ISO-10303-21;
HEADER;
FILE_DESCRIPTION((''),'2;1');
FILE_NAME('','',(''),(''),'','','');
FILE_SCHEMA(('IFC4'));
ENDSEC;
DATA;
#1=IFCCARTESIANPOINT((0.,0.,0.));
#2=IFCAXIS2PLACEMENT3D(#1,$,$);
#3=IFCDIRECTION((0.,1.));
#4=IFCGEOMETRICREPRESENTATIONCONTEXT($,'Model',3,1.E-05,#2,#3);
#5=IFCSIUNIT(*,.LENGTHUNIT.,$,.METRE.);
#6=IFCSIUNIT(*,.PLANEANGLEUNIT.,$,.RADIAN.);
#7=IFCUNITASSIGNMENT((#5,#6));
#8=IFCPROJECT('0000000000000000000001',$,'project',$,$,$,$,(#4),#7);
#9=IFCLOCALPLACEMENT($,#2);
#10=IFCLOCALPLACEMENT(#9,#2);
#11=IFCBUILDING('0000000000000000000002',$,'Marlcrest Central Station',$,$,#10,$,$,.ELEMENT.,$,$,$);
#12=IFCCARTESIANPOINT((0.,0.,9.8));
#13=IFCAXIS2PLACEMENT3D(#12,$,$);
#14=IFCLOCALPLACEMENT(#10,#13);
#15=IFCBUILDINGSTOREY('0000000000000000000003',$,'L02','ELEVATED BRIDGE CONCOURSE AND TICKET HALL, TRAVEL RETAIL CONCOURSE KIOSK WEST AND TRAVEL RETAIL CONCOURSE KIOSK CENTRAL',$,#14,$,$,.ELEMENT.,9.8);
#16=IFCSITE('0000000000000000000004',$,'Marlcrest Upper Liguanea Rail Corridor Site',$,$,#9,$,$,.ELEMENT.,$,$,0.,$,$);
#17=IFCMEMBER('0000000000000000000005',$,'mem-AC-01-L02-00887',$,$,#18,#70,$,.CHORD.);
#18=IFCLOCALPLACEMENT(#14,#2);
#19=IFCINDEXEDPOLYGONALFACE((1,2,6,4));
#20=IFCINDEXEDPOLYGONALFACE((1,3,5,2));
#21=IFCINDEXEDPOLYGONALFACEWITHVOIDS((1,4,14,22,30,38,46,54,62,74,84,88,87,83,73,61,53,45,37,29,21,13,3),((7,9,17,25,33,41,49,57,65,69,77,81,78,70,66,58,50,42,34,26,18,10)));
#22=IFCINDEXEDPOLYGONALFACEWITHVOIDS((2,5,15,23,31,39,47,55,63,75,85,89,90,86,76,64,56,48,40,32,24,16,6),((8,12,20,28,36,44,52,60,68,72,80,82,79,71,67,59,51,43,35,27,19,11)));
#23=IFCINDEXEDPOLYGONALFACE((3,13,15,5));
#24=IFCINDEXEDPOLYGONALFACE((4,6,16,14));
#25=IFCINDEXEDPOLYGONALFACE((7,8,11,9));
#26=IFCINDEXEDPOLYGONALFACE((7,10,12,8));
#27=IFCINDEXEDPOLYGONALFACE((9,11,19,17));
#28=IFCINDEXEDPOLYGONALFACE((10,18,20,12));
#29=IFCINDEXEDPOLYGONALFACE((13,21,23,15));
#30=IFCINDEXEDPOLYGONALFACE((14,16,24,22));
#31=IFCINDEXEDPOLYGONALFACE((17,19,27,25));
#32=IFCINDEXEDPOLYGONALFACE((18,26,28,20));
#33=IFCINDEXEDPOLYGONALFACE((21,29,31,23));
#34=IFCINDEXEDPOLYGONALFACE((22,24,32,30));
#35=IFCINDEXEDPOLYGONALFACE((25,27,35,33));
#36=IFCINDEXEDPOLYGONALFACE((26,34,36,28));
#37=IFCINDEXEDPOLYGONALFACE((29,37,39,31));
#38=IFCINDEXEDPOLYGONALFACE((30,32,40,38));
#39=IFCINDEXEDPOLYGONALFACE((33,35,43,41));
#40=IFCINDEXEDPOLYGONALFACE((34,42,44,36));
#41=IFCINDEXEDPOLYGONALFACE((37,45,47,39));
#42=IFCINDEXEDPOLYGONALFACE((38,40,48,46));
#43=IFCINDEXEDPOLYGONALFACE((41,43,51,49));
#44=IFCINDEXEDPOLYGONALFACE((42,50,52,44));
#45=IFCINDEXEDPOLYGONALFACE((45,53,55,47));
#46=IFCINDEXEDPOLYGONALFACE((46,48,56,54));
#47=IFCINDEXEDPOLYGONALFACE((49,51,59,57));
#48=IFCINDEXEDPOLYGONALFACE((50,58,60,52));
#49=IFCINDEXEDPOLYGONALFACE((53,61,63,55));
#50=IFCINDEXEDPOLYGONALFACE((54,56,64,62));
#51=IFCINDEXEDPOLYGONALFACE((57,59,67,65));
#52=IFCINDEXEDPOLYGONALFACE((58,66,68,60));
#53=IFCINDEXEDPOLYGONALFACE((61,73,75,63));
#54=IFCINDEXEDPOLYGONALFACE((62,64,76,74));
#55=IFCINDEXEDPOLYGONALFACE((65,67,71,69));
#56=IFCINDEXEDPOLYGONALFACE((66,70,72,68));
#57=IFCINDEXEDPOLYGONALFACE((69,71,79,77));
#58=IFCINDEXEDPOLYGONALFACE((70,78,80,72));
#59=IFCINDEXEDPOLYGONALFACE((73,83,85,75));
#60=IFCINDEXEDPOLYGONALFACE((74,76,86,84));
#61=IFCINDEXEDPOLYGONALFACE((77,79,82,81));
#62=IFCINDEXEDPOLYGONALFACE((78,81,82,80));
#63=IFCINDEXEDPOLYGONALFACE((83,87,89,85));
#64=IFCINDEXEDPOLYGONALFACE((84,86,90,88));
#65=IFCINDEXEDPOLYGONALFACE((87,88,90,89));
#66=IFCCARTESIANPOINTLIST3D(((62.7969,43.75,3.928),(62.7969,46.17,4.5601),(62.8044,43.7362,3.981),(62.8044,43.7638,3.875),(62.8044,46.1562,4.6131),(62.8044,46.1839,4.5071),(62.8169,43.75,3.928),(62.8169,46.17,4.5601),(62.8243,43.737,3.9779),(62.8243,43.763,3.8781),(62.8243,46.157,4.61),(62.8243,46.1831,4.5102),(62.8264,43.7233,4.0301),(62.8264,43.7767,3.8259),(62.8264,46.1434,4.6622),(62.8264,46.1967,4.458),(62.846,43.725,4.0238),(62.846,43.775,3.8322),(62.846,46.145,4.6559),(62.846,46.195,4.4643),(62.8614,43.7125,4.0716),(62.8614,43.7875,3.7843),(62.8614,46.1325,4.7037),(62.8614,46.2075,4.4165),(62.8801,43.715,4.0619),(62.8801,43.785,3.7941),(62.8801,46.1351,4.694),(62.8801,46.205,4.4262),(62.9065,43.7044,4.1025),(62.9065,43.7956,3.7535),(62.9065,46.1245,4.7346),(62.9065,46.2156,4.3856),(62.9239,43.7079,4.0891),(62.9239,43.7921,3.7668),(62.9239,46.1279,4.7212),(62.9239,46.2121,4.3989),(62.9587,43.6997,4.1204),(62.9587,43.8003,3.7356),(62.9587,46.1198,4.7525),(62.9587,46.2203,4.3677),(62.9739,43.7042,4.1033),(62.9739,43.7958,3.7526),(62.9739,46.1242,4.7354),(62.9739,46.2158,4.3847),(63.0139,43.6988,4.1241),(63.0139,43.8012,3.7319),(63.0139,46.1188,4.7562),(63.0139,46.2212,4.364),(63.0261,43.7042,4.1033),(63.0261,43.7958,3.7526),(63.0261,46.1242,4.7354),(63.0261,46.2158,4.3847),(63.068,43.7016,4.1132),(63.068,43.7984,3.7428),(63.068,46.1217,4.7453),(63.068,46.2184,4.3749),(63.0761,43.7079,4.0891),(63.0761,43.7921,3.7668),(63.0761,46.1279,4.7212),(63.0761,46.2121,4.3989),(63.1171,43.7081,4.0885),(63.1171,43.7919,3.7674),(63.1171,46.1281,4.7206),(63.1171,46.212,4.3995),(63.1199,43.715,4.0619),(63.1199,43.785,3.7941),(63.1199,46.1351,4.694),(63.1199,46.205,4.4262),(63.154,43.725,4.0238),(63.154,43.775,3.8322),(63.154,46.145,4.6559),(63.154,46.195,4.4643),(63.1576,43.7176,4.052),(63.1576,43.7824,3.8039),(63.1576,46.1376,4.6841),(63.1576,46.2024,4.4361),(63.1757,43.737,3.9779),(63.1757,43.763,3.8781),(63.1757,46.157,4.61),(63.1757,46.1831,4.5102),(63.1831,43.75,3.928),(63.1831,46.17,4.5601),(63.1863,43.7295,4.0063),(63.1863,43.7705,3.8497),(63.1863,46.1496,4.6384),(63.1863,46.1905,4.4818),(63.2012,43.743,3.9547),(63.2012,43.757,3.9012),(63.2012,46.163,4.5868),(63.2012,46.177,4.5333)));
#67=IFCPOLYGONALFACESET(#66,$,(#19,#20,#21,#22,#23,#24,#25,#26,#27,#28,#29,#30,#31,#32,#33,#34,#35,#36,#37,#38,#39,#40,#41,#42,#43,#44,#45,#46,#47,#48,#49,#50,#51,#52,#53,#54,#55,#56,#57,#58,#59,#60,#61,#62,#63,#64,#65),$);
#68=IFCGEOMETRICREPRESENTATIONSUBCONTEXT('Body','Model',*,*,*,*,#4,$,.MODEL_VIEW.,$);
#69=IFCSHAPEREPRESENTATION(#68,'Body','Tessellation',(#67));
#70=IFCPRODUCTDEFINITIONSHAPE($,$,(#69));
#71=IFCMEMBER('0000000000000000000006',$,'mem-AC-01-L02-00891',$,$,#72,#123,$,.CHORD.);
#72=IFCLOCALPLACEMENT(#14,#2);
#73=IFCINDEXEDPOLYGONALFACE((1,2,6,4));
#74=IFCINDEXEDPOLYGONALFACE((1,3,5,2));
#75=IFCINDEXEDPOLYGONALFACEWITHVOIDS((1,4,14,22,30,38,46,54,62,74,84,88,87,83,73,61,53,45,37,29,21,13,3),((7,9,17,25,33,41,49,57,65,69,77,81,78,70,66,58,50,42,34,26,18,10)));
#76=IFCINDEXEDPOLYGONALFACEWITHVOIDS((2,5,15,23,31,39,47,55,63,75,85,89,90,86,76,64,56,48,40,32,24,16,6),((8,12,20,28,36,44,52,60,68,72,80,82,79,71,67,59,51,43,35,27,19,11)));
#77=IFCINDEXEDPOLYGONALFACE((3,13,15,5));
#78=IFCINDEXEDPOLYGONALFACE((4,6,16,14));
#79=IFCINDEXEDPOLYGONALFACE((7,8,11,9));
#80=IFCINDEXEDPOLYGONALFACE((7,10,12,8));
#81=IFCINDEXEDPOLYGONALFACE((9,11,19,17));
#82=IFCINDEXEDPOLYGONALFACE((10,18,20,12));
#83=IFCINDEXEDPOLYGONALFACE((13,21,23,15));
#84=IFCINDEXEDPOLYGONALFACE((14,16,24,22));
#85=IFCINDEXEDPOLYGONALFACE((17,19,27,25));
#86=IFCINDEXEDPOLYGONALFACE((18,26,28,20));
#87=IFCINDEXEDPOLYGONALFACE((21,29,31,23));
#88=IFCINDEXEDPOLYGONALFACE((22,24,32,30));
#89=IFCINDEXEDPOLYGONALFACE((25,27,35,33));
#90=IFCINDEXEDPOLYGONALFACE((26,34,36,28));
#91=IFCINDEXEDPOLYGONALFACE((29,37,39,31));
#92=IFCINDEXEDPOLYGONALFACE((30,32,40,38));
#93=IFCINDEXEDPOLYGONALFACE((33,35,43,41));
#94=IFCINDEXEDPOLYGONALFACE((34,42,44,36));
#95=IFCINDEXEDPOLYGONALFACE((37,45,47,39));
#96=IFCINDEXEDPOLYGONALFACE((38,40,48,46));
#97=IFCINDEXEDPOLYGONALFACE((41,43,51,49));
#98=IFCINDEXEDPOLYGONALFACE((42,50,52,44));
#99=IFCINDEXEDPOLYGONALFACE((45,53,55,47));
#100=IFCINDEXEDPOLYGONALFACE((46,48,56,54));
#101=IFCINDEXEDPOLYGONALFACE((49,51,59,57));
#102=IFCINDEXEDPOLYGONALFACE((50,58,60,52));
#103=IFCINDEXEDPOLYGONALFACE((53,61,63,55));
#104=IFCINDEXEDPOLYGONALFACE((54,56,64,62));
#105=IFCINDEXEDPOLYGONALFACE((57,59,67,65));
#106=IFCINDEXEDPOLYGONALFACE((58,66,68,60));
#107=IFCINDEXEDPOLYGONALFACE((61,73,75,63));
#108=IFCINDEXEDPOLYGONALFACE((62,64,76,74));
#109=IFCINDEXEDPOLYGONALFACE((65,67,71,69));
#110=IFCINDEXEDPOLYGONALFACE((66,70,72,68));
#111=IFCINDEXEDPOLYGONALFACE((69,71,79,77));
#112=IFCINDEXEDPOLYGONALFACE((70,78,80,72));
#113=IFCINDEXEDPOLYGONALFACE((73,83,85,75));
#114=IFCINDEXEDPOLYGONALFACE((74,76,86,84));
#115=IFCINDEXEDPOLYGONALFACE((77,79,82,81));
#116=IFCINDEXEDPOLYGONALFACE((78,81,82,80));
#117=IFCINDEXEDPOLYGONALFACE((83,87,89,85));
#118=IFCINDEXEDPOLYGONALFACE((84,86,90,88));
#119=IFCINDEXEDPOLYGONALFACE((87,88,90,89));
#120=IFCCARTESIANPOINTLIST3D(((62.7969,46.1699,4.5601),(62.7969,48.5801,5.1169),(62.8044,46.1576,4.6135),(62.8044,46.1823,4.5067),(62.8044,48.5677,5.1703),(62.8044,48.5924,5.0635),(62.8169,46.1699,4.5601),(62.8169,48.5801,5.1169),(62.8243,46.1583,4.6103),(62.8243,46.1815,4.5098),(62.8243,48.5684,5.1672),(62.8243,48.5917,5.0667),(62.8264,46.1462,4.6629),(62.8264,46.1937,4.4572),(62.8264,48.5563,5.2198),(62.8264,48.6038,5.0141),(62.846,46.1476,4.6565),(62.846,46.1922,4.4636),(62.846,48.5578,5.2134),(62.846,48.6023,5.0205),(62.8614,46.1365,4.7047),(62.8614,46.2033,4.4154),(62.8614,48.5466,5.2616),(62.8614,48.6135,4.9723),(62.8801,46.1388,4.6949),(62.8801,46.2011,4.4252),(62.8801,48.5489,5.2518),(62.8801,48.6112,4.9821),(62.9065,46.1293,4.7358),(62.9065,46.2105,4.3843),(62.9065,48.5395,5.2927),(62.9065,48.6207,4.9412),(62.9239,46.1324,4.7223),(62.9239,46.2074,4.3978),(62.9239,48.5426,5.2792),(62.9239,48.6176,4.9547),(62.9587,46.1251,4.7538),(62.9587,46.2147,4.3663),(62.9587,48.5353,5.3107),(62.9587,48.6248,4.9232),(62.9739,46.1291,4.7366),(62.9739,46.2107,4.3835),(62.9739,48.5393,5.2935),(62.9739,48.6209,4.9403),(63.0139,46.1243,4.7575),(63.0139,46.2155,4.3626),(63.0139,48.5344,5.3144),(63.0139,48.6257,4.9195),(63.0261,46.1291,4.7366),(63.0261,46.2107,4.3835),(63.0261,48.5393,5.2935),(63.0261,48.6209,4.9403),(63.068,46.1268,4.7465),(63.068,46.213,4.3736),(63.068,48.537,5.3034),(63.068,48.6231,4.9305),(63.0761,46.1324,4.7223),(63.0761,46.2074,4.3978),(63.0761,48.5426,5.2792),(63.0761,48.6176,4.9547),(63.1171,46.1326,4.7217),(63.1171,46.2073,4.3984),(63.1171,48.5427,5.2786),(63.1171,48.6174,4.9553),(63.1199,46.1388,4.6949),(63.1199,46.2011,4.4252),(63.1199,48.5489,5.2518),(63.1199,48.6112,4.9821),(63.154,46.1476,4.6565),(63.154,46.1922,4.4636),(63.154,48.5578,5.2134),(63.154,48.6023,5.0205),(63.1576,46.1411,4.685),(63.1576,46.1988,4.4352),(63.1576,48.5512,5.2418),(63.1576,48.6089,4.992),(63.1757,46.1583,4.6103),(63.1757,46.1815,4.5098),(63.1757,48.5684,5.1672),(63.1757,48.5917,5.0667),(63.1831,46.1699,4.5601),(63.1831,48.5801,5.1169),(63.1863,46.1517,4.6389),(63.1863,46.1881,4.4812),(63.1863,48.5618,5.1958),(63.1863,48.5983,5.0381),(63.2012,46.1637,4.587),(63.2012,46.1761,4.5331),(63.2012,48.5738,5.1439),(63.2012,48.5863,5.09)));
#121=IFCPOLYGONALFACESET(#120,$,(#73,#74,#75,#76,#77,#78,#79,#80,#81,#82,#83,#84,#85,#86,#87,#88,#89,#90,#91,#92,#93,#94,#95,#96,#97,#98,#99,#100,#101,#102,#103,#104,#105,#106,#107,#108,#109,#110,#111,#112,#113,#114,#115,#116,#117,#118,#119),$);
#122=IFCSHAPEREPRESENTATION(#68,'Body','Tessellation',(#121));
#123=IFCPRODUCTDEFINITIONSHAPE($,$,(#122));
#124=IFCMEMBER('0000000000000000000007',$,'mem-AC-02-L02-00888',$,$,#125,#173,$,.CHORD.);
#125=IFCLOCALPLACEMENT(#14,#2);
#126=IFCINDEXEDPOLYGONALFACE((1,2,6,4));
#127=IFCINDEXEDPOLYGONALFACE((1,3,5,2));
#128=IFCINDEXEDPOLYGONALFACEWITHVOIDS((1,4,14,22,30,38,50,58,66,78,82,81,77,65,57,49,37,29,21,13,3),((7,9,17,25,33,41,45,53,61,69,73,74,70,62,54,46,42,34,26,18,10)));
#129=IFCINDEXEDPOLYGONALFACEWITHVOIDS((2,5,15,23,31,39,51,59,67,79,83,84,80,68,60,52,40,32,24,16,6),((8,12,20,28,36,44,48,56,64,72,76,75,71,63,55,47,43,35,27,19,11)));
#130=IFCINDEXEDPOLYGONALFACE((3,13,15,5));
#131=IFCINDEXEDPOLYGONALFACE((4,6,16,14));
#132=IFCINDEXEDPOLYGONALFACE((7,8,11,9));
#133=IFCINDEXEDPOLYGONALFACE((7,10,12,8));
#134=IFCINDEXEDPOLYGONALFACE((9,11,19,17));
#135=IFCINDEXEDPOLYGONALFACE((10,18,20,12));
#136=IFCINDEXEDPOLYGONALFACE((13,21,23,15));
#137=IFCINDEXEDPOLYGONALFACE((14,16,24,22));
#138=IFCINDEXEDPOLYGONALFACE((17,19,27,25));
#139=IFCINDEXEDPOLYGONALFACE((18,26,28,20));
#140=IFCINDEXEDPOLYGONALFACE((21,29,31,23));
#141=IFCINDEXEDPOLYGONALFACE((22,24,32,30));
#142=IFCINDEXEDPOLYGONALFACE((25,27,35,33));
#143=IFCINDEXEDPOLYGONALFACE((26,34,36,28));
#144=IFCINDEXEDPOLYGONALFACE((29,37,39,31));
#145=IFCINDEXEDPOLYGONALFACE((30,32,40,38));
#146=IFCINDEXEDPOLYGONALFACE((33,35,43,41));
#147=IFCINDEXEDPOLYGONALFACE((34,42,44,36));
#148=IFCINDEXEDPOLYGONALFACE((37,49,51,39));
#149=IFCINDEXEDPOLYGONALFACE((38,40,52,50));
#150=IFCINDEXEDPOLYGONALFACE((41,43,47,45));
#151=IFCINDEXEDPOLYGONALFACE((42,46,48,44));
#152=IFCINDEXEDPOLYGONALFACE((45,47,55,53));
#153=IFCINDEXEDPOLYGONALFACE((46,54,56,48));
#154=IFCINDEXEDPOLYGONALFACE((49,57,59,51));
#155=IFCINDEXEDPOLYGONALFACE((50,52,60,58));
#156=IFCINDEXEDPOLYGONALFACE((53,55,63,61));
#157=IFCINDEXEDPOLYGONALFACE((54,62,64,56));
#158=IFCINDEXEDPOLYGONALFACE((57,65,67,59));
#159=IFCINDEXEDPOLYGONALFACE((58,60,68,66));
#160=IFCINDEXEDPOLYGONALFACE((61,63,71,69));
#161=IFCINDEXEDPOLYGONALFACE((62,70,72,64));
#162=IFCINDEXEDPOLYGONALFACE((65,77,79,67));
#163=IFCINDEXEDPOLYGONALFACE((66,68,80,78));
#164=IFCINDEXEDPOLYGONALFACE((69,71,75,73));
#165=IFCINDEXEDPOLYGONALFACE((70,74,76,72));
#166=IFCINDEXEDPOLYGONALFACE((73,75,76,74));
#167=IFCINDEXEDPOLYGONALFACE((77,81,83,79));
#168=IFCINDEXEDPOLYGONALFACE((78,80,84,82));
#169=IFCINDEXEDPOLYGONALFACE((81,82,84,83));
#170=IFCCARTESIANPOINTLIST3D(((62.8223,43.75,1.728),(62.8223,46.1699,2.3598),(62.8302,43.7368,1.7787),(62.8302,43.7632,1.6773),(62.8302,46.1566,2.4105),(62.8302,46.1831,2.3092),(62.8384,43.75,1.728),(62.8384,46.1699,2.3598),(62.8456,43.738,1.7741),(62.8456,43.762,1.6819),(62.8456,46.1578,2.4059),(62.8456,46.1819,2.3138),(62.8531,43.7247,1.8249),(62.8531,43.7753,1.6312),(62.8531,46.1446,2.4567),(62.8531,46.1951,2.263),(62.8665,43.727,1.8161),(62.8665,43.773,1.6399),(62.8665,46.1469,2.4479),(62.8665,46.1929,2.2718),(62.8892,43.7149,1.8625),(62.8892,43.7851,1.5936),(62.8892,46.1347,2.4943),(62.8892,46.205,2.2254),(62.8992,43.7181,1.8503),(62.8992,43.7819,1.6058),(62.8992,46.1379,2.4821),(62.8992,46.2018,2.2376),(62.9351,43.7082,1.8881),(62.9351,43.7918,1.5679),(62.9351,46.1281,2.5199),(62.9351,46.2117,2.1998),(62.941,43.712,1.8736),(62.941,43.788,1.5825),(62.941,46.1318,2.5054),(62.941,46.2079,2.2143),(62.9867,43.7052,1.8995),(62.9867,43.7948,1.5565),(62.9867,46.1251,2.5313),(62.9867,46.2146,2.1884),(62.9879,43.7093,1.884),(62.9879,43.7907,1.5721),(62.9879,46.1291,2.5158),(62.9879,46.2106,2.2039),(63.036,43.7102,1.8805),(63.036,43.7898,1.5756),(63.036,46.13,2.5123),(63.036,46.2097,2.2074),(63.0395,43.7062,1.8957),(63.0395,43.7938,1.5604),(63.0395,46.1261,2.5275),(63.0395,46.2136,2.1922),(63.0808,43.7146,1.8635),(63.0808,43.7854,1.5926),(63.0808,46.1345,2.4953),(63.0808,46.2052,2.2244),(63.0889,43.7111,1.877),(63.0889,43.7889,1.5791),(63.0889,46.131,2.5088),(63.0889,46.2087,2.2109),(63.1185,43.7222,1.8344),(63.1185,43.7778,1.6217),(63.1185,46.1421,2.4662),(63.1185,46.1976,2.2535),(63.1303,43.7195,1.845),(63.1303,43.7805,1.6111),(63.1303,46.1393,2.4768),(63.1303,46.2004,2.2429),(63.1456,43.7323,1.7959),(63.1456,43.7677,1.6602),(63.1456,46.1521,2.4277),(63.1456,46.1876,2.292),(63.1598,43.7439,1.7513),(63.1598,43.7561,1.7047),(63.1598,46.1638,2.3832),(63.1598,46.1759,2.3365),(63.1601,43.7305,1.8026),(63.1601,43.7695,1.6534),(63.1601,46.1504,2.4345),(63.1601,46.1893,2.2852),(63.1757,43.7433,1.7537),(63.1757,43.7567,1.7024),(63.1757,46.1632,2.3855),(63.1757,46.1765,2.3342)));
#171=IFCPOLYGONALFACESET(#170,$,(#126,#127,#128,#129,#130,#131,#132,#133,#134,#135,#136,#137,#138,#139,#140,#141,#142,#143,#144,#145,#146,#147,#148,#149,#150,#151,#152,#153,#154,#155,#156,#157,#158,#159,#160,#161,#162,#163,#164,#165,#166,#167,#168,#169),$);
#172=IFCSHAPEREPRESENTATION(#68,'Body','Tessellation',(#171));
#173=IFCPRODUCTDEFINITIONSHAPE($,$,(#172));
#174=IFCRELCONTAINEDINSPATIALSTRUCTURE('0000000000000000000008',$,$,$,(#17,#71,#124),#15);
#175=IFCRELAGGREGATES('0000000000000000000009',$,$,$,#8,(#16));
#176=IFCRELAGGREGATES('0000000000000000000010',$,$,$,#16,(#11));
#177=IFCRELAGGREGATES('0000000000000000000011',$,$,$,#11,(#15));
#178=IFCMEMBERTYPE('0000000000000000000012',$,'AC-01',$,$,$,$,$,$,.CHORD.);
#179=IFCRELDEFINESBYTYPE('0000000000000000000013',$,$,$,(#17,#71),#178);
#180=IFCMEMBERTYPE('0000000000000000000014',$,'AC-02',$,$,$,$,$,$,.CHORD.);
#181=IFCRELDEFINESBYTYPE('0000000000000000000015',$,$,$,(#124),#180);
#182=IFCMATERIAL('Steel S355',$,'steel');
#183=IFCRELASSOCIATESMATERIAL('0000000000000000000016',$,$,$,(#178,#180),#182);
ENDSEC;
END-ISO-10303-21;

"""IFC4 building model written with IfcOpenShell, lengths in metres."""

from ifc_helpers import new_model, si_unit, direction, frame, origin, origin_2d, place, context, subcontext, project, spatial, hollow_circle, extrude, material, material_profile, profile_set, type_object, element, save


model = new_model("IFC4")

# Units and contexts
model_context = context("Model", 3, precision=1e-05, world=origin(), true_north=direction((0.0, 1.0)))
body_context = subcontext(model_context, "Body", "Model", "MODEL_VIEW")
ifc_project = project(units=[si_unit("LENGTHUNIT", "METRE"), si_unit("PLANEANGLEUNIT", "RADIAN")], contexts=[model_context])

# Site, building, storey
site_placement = place(None, origin())
site = spatial("IfcSite", under=ifc_project, at=site_placement, Name="Marlcrest Upper Liguanea Rail Corridor Site", CompositionType="ELEMENT", RefElevation=0.0)
building_placement = place(site_placement, origin())
building = spatial("IfcBuilding", under=site, at=building_placement, Name="Marlcrest Central Station", CompositionType="ELEMENT")
storey_placement = place(building_placement, frame((0.0, 0.0, 9.8)))
storey = spatial("IfcBuildingStorey", under=building, at=storey_placement, Name="L02", Description="ELEVATED BRIDGE CONCOURSE AND TICKET HALL, TRAVEL RETAIL CONCOURSE KIOSK WEST AND TRAVEL RETAIL CONCOURSE KIOSK CENTRAL", CompositionType="ELEMENT", Elevation=9.8)

# Members
ifc_material_1 = material(Name="Steel S355", Category="steel")
ifc_material_profile_1 = material_profile(ifc_material_1, hollow_circle(Radius=0.2031, WallThickness=0.02, at=origin_2d()), Name="CHS 406.4x20")
ifc_profile_set_1 = profile_set([ifc_material_profile_1], Name="Steel S355")
member_type_1 = type_object("IfcMemberType", Name="AC-01", PredefinedType="CHORD", material=ifc_profile_set_1)
member_1_placement = place(storey_placement, frame((63.0, 43.75, 3.928), z_axis=(0.0, 0.967539, 0.25272), x_axis=(-1.0, 0.0, 0.0)))
element("IfcMember", 1, at=member_1_placement, inside=storey, type_object=member_type_1, Name="mem-AC-01-L02-00887", PredefinedType="CHORD", context=body_context, shape_type="SweptSolid", body=[
    extrude(hollow_circle(Radius=0.2031, WallThickness=0.02, at=origin_2d()), origin(), (0.0, 0.0, 1.0), 2.5012),
])
member_2_placement = place(storey_placement, frame((63.0, 46.1699, 4.5601), z_axis=(0.0, 0.97433, 0.225126), x_axis=(-1.0, 0.0, 0.0)))
element("IfcMember", 2, at=member_2_placement, inside=storey, type_object=member_type_1, Name="mem-AC-01-L02-00891", PredefinedType="CHORD", context=body_context, shape_type="SweptSolid", body=[
    extrude(hollow_circle(Radius=0.2031, WallThickness=0.02, at=origin_2d()), origin(), (0.0, 0.0, 1.0), 2.4736),
])
ifc_material_profile_2 = material_profile(ifc_material_1, hollow_circle(Radius=0.1777, WallThickness=0.0161, at=origin_2d()), Name="CHS 355.6x16")
ifc_profile_set_2 = profile_set([ifc_material_profile_2], Name="Steel S355")
member_type_2 = type_object("IfcMemberType", Name="AC-02", PredefinedType="CHORD", material=ifc_profile_set_2)
member_3_placement = place(storey_placement, frame((63.0, 43.75, 1.728), z_axis=(0.0, 0.967563, 0.252629), x_axis=(-1.0, 0.0, 0.0)))
element("IfcMember", 3, at=member_3_placement, inside=storey, type_object=member_type_2, Name="mem-AC-02-L02-00888", PredefinedType="CHORD", context=body_context, shape_type="SweptSolid", body=[
    extrude(hollow_circle(Radius=0.1777, WallThickness=0.0161, at=origin_2d()), origin(), (0.0, 0.0, 1.0), 2.501),
])

save(model, "model.ifc")
